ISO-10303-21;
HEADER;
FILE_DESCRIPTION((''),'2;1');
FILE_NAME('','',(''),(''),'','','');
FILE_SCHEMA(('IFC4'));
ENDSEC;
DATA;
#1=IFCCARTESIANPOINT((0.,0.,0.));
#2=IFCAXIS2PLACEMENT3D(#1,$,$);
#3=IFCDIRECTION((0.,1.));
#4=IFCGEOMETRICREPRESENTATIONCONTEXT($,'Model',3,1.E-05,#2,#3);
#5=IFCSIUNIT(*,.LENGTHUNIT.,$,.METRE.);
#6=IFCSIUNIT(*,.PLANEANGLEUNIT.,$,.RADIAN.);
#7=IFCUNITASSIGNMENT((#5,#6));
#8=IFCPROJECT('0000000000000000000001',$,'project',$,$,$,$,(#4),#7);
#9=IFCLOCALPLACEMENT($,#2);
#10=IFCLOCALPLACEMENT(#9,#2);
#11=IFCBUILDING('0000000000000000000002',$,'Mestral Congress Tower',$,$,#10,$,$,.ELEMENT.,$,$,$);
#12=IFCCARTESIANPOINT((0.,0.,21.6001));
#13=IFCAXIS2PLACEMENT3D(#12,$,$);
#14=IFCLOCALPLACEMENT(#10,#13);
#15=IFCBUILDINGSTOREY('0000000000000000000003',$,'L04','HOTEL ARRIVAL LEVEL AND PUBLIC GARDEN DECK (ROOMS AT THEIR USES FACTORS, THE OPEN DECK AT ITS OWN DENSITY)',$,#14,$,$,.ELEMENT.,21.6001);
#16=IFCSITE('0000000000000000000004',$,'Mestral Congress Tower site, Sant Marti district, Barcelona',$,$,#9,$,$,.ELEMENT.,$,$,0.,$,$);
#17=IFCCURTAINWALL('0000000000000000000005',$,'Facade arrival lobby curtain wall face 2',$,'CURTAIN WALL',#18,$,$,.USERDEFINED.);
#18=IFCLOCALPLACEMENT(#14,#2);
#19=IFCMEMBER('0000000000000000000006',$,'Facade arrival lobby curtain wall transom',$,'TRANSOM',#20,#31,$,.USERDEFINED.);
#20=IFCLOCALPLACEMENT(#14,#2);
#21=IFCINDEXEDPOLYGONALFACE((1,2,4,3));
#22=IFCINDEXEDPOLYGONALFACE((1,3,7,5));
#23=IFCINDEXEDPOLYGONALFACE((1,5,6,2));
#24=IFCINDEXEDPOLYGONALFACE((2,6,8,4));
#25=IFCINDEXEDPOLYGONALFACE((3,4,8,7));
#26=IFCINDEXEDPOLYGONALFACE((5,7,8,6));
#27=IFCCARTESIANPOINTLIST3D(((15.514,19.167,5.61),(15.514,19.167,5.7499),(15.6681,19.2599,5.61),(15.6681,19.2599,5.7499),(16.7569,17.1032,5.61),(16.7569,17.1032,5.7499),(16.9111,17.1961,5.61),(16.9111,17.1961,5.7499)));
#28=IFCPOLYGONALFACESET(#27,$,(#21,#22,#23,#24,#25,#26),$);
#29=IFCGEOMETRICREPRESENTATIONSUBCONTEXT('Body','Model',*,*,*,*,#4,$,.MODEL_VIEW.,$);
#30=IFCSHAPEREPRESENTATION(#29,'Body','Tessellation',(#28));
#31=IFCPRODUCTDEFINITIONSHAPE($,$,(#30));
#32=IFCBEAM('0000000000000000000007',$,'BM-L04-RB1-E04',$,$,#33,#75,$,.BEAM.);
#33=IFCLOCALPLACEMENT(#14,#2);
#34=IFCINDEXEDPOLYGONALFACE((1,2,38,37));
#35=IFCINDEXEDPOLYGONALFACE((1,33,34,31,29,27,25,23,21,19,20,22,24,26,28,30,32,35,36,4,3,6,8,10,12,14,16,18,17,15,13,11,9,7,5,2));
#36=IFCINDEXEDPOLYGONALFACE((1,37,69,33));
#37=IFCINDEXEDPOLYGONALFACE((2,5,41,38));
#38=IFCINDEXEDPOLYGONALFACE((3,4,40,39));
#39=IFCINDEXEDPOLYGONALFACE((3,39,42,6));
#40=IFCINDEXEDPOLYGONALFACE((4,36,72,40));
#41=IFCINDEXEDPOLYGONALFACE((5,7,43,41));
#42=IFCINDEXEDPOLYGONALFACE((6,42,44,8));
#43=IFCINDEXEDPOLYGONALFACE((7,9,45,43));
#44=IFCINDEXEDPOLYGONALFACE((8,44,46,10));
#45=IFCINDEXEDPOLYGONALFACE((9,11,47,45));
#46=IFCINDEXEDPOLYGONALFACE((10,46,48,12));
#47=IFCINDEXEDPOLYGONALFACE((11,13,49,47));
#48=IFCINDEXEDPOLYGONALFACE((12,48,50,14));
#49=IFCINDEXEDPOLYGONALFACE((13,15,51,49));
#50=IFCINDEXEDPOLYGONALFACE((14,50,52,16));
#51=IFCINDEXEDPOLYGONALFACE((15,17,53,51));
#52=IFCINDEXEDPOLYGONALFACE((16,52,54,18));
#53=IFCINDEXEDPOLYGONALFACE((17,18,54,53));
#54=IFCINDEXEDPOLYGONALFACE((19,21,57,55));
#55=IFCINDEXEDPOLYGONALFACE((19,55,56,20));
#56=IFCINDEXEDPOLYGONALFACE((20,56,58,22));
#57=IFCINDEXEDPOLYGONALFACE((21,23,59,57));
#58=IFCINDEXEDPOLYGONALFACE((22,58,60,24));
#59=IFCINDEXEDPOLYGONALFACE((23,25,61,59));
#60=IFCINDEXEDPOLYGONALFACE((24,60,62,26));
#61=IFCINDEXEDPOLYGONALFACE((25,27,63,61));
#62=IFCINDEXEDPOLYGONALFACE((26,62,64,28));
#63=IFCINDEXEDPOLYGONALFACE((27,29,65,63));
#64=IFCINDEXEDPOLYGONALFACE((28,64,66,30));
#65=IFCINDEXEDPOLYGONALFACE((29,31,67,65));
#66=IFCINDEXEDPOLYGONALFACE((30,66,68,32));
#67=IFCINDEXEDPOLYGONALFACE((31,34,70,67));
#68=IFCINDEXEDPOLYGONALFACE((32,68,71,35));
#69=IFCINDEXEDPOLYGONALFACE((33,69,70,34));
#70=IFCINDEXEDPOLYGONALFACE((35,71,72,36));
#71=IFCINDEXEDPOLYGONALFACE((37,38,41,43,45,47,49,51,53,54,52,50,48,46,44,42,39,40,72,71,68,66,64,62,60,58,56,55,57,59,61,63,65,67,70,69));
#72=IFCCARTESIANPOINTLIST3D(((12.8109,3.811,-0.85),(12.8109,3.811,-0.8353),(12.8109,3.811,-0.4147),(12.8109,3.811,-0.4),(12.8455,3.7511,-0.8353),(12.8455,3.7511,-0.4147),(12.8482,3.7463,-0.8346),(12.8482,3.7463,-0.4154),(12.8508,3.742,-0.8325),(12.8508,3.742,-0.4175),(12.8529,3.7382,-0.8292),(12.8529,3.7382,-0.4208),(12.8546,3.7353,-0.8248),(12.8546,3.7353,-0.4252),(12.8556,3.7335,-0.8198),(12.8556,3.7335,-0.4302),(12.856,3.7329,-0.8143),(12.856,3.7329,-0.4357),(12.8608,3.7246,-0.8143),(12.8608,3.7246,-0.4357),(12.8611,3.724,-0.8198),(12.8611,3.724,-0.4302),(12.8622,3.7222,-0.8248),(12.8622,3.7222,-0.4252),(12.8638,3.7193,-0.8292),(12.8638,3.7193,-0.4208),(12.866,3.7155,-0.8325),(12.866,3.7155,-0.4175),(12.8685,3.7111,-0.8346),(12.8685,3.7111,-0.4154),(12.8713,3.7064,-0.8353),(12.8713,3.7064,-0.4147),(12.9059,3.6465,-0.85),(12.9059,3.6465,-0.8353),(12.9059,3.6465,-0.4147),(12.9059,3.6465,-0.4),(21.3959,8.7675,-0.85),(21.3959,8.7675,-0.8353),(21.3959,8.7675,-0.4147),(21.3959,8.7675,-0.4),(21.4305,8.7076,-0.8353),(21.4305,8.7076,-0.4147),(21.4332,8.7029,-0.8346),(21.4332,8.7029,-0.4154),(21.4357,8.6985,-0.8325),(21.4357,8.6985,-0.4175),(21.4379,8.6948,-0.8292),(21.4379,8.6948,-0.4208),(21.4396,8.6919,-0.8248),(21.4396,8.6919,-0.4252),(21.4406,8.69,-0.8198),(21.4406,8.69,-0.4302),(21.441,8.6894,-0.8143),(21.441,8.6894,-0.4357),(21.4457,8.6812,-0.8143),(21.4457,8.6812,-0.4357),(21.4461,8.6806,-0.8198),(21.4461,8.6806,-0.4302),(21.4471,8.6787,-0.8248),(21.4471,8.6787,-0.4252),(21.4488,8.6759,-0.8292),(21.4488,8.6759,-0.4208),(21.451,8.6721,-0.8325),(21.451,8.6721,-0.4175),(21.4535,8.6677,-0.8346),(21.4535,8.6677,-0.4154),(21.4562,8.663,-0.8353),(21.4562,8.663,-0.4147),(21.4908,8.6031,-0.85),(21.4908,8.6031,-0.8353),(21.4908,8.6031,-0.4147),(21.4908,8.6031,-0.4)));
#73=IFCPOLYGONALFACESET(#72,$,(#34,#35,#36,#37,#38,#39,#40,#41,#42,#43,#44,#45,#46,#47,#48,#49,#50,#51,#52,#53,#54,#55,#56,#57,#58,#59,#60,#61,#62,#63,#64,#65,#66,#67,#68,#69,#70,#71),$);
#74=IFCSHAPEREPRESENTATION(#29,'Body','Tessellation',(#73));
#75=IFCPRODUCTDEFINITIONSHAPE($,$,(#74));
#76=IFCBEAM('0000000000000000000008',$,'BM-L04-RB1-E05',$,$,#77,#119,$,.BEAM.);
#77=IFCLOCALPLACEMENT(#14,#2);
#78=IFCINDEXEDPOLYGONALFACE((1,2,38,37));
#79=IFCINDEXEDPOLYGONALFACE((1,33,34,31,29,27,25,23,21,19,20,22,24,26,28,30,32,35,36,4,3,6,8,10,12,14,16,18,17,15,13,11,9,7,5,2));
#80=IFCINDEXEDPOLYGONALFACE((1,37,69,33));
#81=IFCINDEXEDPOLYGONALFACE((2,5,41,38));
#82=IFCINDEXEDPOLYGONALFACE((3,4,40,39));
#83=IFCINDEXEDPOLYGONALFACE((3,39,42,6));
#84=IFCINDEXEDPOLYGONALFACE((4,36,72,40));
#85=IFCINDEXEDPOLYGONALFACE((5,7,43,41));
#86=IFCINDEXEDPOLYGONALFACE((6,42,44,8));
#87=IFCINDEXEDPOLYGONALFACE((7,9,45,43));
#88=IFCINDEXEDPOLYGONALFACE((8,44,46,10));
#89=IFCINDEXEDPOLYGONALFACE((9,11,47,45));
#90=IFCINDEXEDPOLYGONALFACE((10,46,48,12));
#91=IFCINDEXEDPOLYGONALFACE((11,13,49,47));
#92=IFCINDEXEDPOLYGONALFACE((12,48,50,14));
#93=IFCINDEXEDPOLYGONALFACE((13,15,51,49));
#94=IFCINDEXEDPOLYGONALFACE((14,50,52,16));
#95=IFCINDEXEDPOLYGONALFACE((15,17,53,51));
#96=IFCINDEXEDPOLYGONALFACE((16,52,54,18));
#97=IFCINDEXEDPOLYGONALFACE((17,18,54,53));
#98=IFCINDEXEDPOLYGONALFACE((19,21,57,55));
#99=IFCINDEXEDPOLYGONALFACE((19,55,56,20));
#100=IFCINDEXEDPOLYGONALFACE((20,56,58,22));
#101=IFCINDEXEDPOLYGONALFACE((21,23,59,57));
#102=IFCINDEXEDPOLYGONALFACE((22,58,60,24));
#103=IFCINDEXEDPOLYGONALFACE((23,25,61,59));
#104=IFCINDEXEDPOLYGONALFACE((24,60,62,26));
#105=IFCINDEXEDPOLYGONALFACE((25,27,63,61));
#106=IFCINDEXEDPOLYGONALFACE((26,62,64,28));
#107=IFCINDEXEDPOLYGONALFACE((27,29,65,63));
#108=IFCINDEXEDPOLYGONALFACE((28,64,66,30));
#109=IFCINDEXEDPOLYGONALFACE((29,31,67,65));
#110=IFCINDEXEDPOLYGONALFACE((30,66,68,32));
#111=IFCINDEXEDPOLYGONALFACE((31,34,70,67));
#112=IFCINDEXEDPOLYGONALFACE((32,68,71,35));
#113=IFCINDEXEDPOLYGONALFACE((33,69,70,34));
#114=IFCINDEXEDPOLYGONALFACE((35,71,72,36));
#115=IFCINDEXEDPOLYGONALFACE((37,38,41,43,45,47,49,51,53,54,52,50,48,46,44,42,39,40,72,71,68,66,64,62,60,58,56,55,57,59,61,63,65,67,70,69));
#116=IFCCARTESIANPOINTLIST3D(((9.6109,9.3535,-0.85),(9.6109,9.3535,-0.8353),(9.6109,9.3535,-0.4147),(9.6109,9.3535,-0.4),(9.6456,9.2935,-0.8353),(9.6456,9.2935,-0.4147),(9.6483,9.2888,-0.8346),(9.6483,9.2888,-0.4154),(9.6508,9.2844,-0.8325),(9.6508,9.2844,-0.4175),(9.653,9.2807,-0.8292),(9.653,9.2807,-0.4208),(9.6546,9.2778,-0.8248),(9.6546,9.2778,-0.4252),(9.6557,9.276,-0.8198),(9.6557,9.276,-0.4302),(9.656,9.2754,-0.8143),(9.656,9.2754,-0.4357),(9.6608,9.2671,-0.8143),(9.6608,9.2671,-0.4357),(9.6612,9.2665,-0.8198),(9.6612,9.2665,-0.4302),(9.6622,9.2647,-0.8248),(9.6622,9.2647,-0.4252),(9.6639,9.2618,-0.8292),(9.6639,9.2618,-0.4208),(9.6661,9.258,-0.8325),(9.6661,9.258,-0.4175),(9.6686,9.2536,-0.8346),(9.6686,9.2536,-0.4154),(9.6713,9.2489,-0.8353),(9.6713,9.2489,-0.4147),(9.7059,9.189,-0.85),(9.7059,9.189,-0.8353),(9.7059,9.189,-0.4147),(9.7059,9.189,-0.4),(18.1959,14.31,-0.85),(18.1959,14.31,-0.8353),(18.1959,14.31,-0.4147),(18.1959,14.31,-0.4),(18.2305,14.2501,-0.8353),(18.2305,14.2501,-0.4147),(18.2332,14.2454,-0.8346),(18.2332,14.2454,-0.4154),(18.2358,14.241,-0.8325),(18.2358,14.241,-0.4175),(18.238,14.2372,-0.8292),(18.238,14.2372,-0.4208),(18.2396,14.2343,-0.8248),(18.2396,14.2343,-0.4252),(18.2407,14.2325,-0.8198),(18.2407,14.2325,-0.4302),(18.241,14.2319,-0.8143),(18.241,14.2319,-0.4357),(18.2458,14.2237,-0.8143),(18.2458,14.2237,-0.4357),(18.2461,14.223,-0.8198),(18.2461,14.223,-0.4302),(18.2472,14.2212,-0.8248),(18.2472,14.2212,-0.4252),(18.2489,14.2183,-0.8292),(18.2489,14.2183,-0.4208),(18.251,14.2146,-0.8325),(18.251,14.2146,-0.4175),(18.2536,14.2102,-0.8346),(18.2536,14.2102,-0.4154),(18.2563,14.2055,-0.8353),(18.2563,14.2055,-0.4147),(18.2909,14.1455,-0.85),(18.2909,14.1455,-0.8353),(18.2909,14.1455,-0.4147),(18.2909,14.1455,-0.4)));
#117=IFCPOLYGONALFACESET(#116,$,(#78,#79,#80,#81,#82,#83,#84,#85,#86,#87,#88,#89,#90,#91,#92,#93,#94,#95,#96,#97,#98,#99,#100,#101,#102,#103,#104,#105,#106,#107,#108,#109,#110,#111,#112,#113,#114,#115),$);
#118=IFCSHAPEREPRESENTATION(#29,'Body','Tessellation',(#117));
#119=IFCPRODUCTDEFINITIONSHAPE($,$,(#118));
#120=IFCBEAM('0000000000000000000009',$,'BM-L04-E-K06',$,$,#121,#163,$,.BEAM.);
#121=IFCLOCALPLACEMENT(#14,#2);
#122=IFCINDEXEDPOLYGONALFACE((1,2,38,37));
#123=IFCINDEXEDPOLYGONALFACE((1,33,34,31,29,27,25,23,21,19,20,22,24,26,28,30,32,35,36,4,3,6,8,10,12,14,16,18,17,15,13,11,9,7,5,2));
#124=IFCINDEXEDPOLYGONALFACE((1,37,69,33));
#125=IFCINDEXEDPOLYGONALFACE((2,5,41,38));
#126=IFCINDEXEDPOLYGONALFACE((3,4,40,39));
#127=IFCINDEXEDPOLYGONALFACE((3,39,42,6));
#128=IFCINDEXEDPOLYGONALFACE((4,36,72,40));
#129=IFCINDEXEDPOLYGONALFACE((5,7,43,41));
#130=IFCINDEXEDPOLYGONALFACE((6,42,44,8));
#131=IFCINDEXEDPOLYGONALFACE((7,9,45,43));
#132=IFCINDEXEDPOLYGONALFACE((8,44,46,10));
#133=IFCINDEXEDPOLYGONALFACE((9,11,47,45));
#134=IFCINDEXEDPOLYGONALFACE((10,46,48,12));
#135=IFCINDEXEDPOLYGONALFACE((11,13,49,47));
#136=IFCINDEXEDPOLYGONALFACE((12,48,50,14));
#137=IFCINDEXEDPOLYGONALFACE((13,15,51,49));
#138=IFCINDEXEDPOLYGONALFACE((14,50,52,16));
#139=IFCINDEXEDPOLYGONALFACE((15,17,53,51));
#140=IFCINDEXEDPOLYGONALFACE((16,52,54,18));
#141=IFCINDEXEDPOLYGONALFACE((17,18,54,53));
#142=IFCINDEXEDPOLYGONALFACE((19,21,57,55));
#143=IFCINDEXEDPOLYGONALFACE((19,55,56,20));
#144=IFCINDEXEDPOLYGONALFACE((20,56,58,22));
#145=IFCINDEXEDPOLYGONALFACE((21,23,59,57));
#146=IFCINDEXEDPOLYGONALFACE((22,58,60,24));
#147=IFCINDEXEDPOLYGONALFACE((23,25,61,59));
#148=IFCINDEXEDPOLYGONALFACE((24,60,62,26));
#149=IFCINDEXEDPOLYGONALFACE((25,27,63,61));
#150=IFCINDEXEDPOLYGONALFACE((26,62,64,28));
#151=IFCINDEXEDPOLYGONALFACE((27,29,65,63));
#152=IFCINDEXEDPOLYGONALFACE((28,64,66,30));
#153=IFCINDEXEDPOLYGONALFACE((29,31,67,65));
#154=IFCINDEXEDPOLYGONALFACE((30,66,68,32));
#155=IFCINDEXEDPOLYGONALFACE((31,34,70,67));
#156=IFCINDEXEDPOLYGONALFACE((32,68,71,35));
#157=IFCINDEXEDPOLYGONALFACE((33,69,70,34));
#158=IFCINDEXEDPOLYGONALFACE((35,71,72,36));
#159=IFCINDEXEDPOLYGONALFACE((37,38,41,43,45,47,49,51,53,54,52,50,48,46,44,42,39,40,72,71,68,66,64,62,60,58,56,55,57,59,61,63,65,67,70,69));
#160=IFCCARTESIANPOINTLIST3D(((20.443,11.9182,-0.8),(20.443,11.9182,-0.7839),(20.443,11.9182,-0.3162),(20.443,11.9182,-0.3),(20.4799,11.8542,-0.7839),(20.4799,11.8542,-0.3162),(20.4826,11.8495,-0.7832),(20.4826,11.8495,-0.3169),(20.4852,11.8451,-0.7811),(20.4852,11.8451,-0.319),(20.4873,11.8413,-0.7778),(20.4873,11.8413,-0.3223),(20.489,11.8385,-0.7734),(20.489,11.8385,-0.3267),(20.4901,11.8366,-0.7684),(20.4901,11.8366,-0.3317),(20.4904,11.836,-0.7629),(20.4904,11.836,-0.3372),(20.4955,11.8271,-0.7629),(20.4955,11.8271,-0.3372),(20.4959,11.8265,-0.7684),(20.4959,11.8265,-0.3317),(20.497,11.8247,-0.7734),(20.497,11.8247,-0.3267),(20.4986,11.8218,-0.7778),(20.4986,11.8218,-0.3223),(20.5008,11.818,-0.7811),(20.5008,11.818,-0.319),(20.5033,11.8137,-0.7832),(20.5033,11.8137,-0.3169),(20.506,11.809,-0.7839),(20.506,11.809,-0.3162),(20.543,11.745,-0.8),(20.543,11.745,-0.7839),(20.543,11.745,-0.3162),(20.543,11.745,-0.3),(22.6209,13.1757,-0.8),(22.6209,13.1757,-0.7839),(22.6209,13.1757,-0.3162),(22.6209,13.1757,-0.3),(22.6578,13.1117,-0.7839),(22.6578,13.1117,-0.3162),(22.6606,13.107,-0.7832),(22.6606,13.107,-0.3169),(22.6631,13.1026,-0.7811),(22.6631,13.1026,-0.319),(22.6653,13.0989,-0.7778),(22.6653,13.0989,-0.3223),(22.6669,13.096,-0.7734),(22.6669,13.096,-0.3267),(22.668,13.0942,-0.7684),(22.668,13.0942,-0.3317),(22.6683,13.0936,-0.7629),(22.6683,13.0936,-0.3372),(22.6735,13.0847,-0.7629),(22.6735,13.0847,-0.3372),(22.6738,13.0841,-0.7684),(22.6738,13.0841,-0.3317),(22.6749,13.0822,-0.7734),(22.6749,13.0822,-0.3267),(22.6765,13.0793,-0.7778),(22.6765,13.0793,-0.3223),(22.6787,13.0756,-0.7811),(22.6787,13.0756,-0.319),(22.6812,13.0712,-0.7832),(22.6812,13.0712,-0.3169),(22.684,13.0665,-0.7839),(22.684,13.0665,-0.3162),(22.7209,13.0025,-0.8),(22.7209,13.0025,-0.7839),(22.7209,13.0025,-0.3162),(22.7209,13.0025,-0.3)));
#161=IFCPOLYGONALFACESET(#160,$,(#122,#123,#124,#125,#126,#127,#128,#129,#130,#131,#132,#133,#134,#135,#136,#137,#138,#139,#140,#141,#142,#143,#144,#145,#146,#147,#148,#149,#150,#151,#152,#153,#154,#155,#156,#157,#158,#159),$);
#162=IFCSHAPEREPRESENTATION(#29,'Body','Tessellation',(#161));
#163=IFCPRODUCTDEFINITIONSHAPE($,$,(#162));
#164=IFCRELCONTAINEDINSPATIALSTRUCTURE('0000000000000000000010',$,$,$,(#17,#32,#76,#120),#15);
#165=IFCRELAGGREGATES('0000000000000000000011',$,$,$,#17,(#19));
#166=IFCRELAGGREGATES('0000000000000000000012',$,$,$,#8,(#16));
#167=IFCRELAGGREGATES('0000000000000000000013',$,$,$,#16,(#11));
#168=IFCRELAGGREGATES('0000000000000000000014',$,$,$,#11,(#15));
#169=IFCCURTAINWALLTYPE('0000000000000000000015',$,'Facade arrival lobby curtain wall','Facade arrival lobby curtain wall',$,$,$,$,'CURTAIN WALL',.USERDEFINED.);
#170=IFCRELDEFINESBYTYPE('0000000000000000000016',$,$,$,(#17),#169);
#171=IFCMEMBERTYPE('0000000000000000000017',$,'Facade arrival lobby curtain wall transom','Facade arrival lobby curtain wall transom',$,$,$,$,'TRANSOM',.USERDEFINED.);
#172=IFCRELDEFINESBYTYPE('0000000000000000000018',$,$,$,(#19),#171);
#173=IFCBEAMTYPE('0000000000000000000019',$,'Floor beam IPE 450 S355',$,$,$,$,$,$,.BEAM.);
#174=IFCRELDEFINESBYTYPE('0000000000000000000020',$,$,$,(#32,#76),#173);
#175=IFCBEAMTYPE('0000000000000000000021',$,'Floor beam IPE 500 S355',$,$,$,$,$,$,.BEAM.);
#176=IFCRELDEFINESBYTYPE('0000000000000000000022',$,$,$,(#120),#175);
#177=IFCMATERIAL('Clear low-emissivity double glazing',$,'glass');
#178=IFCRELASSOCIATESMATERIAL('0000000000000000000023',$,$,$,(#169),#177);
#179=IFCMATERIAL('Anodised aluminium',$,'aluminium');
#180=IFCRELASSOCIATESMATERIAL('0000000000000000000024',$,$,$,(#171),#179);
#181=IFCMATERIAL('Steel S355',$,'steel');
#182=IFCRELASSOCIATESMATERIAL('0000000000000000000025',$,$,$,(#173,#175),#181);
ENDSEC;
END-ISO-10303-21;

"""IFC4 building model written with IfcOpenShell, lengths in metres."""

from ifc_helpers import new_model, si_unit, direction, frame, origin, origin_2d, place, context, subcontext, project, spatial, rectangle, i_section, extrude, material, material_profile, profile_set, type_object, element, aggregate, save


model = new_model("IFC4")

# Units and contexts
model_context = context("Model", 3, precision=1e-05, world=origin(), true_north=direction((0.0, 1.0)))
body_context = subcontext(model_context, "Body", "Model", "MODEL_VIEW")
ifc_project = project(units=[si_unit("LENGTHUNIT", "METRE"), si_unit("PLANEANGLEUNIT", "RADIAN")], contexts=[model_context])

# Site, building, storey
site_placement = place(None, origin())
site = spatial("IfcSite", under=ifc_project, at=site_placement, Name="Mestral Congress Tower site, Sant Marti district, Barcelona", CompositionType="ELEMENT", RefElevation=0.0)
building_placement = place(site_placement, origin())
building = spatial("IfcBuilding", under=site, at=building_placement, Name="Mestral Congress Tower", CompositionType="ELEMENT")
storey_placement = place(building_placement, frame((0.0, 0.0, 21.6001)))
storey = spatial("IfcBuildingStorey", under=building, at=storey_placement, Name="L04", Description="HOTEL ARRIVAL LEVEL AND PUBLIC GARDEN DECK (ROOMS AT THEIR USES FACTORS, THE OPEN DECK AT ITS OWN DENSITY)", CompositionType="ELEMENT", Elevation=21.6001)

# Curtain wall, member
ifc_material_1 = material(Name="Clear low-emissivity double glazing", Category="glass")
curtain_wall_type = type_object("IfcCurtainWallType", Name="Facade arrival lobby curtain wall", Description="Facade arrival lobby curtain wall", ElementType="CURTAIN WALL", PredefinedType="USERDEFINED", material=ifc_material_1)
curtain_wall_placement = place(storey_placement, origin())
curtain_wall = element("IfcCurtainWall", 1, at=curtain_wall_placement, inside=storey, type_object=curtain_wall_type, Name="Facade arrival lobby curtain wall face 2", ObjectType="CURTAIN WALL", PredefinedType="USERDEFINED")
ifc_material_2 = material(Name="Anodised aluminium", Category="aluminium")
ifc_material_profile_1 = material_profile(ifc_material_2, rectangle(XDim=0.1799, YDim=0.1399, at=origin_2d()), Name="CW4 transom 180 x 140")
ifc_profile_set_1 = profile_set([ifc_material_profile_1], Name="Anodised aluminium")
member_type_1 = type_object("IfcMemberType", Name="Facade arrival lobby curtain wall transom", Description="Facade arrival lobby curtain wall transom", ElementType="TRANSOM", PredefinedType="USERDEFINED", material=ifc_profile_set_1)
member_1_placement = place(storey_placement, frame((16.834, 17.1497, 5.6799), z_axis=(-0.515926, 0.856633, 0.0), x_axis=(-0.856633, -0.515926, 0.0)))
member_1 = element("IfcMember", 2, at=member_1_placement, type_object=member_type_1, Name="Facade arrival lobby curtain wall transom", ObjectType="TRANSOM", PredefinedType="USERDEFINED", context=body_context, shape_type="SweptSolid", body=[
    extrude(rectangle(XDim=0.1799, YDim=0.1399, at=origin_2d()), origin(), (0.0, 0.0, 1.0), 2.4092),
])

# Beams
ifc_material_3 = material(Name="Steel S355", Category="steel")
ifc_material_profile_2 = material_profile(ifc_material_3, i_section(OverallWidth=0.1899, OverallDepth=0.45, WebThickness=0.0095, FlangeThickness=0.0146, FilletRadius=0.021, at=origin_2d()), Name="IPE 450")
ifc_profile_set_2 = profile_set([ifc_material_profile_2], Name="Steel S355")
beam_type_1 = type_object("IfcBeamType", Name="Floor beam IPE 450 S355", PredefinedType="BEAM", material=ifc_profile_set_2)
for number, where, z_axis, x_axis, name in (
    (3, (21.4434, 8.6853, -0.625), (-0.866025, -0.500001, 0.0), (0.500001, -0.866025, 0.0), "BM-L04-RB1-E04"),
    (4, (18.2434, 14.2278, -0.625), (-0.866025, -0.500001, 0.0), (0.500001, -0.866025, 0.0), "BM-L04-RB1-E05"),
):
    element("IfcBeam", number, at=place(storey_placement, frame(where, z_axis=z_axis, x_axis=x_axis)), inside=storey, type_object=beam_type_1, Name=name, PredefinedType="BEAM", context=body_context, shape_type="SweptSolid", body=[
        extrude(i_section(OverallWidth=0.1899, OverallDepth=0.45, WebThickness=0.0095, FlangeThickness=0.0146, FilletRadius=0.021, at=origin_2d()), origin(), (0.0, 0.0, 1.0), 9.9131),
    ])
ifc_material_profile_3 = material_profile(ifc_material_3, i_section(OverallWidth=0.2, OverallDepth=0.5, WebThickness=0.0103, FlangeThickness=0.0161, FilletRadius=0.021, at=origin_2d()), Name="IPE 500")
ifc_profile_set_3 = profile_set([ifc_material_profile_3], Name="Steel S355")
beam_type_2 = type_object("IfcBeamType", Name="Floor beam IPE 500 S355", PredefinedType="BEAM", material=ifc_profile_set_3)
beam_1_placement = place(storey_placement, frame((22.6709, 13.0891, -0.55), z_axis=(-0.866006, -0.500033, 0.0), x_axis=(0.500033, -0.866006, 0.0)))
element("IfcBeam", 5, at=beam_1_placement, inside=storey, type_object=beam_type_2, Name="BM-L04-E-K06", PredefinedType="BEAM", context=body_context, shape_type="SweptSolid", body=[
    extrude(i_section(OverallWidth=0.2, OverallDepth=0.5, WebThickness=0.0103, FlangeThickness=0.0161, FilletRadius=0.021, at=origin_2d()), origin(), (0.0, 0.0, 1.0), 2.5149),
])

aggregate(curtain_wall, [member_1])

save(model, "model.ifc")
